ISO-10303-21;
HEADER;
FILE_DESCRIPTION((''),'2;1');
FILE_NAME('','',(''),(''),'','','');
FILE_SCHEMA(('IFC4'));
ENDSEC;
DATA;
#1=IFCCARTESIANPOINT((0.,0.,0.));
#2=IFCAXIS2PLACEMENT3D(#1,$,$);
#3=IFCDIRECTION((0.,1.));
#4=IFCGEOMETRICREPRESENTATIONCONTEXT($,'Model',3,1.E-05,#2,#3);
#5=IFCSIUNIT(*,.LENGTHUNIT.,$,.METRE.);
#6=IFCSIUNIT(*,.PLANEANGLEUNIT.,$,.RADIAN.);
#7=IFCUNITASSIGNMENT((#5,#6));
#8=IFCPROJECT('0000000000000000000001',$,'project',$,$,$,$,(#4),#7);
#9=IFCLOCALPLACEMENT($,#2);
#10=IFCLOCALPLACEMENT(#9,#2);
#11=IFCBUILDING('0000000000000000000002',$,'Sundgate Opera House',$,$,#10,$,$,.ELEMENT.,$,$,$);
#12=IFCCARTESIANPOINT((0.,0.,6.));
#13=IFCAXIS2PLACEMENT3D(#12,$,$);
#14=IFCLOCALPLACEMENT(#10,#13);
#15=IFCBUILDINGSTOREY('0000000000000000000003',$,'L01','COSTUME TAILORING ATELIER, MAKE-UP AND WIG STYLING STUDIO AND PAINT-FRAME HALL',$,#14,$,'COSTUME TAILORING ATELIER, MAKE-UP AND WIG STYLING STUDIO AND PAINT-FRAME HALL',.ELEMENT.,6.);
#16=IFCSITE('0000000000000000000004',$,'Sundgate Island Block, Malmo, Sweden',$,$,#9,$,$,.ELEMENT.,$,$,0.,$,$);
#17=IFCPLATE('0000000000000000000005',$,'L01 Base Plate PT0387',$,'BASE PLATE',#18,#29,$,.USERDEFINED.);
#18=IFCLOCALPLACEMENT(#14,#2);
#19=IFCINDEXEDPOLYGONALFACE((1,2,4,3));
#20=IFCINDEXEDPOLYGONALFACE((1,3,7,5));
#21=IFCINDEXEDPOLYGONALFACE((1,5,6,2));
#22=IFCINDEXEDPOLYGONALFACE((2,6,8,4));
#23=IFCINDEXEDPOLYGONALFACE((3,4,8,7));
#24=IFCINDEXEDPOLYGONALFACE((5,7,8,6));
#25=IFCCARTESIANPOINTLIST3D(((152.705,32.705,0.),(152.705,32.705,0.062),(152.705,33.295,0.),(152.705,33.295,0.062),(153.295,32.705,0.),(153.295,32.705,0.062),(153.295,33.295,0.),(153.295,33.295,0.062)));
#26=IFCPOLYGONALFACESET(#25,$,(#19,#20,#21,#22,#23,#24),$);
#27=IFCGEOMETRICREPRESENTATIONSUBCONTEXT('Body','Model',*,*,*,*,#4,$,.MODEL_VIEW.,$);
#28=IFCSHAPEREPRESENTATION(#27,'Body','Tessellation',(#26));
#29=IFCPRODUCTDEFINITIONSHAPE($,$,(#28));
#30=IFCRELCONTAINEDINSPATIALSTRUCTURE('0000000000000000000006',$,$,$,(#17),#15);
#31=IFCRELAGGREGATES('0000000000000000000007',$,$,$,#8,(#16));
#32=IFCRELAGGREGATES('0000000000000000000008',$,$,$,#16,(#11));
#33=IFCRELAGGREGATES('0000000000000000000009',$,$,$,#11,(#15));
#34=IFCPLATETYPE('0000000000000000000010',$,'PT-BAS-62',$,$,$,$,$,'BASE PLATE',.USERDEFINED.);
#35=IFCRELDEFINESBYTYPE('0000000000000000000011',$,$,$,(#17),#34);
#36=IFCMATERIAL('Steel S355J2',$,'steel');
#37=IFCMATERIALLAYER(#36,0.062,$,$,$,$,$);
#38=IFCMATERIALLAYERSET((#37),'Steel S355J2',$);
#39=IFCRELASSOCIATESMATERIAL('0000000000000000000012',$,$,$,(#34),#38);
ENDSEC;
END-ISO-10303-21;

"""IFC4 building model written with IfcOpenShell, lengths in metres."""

from ifc_helpers import new_model, si_unit, direction, frame, origin, origin_2d, place, context, subcontext, project, spatial, rectangle, extrude, material, layer, layer_set, type_object, element, save


model = new_model("IFC4")

# Units and contexts
model_context = context("Model", 3, precision=1e-05, world=origin(), true_north=direction((0.0, 1.0)))
body_context = subcontext(model_context, "Body", "Model", "MODEL_VIEW")
ifc_project = project(units=[si_unit("LENGTHUNIT", "METRE"), si_unit("PLANEANGLEUNIT", "RADIAN")], contexts=[model_context])

# Site, building, storey
site_placement = place(None, origin())
site = spatial("IfcSite", under=ifc_project, at=site_placement, Name="Sundgate Island Block, Malmo, Sweden", CompositionType="ELEMENT", RefElevation=0.0)
building_placement = place(site_placement, origin())
building = spatial("IfcBuilding", under=site, at=building_placement, Name="Sundgate Opera House", CompositionType="ELEMENT")
storey_placement = place(building_placement, frame((0.0, 0.0, 6.0)))
storey = spatial("IfcBuildingStorey", under=building, at=storey_placement, Name="L01", Description="COSTUME TAILORING ATELIER, MAKE-UP AND WIG STYLING STUDIO AND PAINT-FRAME HALL", LongName="COSTUME TAILORING ATELIER, MAKE-UP AND WIG STYLING STUDIO AND PAINT-FRAME HALL", CompositionType="ELEMENT", Elevation=6.0)

# Plate
ifc_material_1 = material(Name="Steel S355J2", Category="steel")
ifc_layer_1 = layer(ifc_material_1, 0.062)
ifc_layer_set_1 = layer_set([ifc_layer_1], Name="Steel S355J2")
plate_type_1 = type_object("IfcPlateType", Name="PT-BAS-62", ElementType="BASE PLATE", PredefinedType="USERDEFINED", material=ifc_layer_set_1)
plate_1_placement = place(storey_placement, frame((153.0, 33.0, 0.0), z_axis=(0.0, 0.0, 1.0), x_axis=(1.0, 0.0, 0.0)))
element("IfcPlate", 1, at=plate_1_placement, inside=storey, type_object=plate_type_1, Name="L01 Base Plate PT0387", ObjectType="BASE PLATE", PredefinedType="USERDEFINED", context=body_context, shape_type="SweptSolid", body=[
    extrude(rectangle(XDim=0.5901, YDim=0.5901, at=origin_2d()), origin(), (0.0, 0.0, 1.0), 0.062),
])

save(model, "model.ifc")
